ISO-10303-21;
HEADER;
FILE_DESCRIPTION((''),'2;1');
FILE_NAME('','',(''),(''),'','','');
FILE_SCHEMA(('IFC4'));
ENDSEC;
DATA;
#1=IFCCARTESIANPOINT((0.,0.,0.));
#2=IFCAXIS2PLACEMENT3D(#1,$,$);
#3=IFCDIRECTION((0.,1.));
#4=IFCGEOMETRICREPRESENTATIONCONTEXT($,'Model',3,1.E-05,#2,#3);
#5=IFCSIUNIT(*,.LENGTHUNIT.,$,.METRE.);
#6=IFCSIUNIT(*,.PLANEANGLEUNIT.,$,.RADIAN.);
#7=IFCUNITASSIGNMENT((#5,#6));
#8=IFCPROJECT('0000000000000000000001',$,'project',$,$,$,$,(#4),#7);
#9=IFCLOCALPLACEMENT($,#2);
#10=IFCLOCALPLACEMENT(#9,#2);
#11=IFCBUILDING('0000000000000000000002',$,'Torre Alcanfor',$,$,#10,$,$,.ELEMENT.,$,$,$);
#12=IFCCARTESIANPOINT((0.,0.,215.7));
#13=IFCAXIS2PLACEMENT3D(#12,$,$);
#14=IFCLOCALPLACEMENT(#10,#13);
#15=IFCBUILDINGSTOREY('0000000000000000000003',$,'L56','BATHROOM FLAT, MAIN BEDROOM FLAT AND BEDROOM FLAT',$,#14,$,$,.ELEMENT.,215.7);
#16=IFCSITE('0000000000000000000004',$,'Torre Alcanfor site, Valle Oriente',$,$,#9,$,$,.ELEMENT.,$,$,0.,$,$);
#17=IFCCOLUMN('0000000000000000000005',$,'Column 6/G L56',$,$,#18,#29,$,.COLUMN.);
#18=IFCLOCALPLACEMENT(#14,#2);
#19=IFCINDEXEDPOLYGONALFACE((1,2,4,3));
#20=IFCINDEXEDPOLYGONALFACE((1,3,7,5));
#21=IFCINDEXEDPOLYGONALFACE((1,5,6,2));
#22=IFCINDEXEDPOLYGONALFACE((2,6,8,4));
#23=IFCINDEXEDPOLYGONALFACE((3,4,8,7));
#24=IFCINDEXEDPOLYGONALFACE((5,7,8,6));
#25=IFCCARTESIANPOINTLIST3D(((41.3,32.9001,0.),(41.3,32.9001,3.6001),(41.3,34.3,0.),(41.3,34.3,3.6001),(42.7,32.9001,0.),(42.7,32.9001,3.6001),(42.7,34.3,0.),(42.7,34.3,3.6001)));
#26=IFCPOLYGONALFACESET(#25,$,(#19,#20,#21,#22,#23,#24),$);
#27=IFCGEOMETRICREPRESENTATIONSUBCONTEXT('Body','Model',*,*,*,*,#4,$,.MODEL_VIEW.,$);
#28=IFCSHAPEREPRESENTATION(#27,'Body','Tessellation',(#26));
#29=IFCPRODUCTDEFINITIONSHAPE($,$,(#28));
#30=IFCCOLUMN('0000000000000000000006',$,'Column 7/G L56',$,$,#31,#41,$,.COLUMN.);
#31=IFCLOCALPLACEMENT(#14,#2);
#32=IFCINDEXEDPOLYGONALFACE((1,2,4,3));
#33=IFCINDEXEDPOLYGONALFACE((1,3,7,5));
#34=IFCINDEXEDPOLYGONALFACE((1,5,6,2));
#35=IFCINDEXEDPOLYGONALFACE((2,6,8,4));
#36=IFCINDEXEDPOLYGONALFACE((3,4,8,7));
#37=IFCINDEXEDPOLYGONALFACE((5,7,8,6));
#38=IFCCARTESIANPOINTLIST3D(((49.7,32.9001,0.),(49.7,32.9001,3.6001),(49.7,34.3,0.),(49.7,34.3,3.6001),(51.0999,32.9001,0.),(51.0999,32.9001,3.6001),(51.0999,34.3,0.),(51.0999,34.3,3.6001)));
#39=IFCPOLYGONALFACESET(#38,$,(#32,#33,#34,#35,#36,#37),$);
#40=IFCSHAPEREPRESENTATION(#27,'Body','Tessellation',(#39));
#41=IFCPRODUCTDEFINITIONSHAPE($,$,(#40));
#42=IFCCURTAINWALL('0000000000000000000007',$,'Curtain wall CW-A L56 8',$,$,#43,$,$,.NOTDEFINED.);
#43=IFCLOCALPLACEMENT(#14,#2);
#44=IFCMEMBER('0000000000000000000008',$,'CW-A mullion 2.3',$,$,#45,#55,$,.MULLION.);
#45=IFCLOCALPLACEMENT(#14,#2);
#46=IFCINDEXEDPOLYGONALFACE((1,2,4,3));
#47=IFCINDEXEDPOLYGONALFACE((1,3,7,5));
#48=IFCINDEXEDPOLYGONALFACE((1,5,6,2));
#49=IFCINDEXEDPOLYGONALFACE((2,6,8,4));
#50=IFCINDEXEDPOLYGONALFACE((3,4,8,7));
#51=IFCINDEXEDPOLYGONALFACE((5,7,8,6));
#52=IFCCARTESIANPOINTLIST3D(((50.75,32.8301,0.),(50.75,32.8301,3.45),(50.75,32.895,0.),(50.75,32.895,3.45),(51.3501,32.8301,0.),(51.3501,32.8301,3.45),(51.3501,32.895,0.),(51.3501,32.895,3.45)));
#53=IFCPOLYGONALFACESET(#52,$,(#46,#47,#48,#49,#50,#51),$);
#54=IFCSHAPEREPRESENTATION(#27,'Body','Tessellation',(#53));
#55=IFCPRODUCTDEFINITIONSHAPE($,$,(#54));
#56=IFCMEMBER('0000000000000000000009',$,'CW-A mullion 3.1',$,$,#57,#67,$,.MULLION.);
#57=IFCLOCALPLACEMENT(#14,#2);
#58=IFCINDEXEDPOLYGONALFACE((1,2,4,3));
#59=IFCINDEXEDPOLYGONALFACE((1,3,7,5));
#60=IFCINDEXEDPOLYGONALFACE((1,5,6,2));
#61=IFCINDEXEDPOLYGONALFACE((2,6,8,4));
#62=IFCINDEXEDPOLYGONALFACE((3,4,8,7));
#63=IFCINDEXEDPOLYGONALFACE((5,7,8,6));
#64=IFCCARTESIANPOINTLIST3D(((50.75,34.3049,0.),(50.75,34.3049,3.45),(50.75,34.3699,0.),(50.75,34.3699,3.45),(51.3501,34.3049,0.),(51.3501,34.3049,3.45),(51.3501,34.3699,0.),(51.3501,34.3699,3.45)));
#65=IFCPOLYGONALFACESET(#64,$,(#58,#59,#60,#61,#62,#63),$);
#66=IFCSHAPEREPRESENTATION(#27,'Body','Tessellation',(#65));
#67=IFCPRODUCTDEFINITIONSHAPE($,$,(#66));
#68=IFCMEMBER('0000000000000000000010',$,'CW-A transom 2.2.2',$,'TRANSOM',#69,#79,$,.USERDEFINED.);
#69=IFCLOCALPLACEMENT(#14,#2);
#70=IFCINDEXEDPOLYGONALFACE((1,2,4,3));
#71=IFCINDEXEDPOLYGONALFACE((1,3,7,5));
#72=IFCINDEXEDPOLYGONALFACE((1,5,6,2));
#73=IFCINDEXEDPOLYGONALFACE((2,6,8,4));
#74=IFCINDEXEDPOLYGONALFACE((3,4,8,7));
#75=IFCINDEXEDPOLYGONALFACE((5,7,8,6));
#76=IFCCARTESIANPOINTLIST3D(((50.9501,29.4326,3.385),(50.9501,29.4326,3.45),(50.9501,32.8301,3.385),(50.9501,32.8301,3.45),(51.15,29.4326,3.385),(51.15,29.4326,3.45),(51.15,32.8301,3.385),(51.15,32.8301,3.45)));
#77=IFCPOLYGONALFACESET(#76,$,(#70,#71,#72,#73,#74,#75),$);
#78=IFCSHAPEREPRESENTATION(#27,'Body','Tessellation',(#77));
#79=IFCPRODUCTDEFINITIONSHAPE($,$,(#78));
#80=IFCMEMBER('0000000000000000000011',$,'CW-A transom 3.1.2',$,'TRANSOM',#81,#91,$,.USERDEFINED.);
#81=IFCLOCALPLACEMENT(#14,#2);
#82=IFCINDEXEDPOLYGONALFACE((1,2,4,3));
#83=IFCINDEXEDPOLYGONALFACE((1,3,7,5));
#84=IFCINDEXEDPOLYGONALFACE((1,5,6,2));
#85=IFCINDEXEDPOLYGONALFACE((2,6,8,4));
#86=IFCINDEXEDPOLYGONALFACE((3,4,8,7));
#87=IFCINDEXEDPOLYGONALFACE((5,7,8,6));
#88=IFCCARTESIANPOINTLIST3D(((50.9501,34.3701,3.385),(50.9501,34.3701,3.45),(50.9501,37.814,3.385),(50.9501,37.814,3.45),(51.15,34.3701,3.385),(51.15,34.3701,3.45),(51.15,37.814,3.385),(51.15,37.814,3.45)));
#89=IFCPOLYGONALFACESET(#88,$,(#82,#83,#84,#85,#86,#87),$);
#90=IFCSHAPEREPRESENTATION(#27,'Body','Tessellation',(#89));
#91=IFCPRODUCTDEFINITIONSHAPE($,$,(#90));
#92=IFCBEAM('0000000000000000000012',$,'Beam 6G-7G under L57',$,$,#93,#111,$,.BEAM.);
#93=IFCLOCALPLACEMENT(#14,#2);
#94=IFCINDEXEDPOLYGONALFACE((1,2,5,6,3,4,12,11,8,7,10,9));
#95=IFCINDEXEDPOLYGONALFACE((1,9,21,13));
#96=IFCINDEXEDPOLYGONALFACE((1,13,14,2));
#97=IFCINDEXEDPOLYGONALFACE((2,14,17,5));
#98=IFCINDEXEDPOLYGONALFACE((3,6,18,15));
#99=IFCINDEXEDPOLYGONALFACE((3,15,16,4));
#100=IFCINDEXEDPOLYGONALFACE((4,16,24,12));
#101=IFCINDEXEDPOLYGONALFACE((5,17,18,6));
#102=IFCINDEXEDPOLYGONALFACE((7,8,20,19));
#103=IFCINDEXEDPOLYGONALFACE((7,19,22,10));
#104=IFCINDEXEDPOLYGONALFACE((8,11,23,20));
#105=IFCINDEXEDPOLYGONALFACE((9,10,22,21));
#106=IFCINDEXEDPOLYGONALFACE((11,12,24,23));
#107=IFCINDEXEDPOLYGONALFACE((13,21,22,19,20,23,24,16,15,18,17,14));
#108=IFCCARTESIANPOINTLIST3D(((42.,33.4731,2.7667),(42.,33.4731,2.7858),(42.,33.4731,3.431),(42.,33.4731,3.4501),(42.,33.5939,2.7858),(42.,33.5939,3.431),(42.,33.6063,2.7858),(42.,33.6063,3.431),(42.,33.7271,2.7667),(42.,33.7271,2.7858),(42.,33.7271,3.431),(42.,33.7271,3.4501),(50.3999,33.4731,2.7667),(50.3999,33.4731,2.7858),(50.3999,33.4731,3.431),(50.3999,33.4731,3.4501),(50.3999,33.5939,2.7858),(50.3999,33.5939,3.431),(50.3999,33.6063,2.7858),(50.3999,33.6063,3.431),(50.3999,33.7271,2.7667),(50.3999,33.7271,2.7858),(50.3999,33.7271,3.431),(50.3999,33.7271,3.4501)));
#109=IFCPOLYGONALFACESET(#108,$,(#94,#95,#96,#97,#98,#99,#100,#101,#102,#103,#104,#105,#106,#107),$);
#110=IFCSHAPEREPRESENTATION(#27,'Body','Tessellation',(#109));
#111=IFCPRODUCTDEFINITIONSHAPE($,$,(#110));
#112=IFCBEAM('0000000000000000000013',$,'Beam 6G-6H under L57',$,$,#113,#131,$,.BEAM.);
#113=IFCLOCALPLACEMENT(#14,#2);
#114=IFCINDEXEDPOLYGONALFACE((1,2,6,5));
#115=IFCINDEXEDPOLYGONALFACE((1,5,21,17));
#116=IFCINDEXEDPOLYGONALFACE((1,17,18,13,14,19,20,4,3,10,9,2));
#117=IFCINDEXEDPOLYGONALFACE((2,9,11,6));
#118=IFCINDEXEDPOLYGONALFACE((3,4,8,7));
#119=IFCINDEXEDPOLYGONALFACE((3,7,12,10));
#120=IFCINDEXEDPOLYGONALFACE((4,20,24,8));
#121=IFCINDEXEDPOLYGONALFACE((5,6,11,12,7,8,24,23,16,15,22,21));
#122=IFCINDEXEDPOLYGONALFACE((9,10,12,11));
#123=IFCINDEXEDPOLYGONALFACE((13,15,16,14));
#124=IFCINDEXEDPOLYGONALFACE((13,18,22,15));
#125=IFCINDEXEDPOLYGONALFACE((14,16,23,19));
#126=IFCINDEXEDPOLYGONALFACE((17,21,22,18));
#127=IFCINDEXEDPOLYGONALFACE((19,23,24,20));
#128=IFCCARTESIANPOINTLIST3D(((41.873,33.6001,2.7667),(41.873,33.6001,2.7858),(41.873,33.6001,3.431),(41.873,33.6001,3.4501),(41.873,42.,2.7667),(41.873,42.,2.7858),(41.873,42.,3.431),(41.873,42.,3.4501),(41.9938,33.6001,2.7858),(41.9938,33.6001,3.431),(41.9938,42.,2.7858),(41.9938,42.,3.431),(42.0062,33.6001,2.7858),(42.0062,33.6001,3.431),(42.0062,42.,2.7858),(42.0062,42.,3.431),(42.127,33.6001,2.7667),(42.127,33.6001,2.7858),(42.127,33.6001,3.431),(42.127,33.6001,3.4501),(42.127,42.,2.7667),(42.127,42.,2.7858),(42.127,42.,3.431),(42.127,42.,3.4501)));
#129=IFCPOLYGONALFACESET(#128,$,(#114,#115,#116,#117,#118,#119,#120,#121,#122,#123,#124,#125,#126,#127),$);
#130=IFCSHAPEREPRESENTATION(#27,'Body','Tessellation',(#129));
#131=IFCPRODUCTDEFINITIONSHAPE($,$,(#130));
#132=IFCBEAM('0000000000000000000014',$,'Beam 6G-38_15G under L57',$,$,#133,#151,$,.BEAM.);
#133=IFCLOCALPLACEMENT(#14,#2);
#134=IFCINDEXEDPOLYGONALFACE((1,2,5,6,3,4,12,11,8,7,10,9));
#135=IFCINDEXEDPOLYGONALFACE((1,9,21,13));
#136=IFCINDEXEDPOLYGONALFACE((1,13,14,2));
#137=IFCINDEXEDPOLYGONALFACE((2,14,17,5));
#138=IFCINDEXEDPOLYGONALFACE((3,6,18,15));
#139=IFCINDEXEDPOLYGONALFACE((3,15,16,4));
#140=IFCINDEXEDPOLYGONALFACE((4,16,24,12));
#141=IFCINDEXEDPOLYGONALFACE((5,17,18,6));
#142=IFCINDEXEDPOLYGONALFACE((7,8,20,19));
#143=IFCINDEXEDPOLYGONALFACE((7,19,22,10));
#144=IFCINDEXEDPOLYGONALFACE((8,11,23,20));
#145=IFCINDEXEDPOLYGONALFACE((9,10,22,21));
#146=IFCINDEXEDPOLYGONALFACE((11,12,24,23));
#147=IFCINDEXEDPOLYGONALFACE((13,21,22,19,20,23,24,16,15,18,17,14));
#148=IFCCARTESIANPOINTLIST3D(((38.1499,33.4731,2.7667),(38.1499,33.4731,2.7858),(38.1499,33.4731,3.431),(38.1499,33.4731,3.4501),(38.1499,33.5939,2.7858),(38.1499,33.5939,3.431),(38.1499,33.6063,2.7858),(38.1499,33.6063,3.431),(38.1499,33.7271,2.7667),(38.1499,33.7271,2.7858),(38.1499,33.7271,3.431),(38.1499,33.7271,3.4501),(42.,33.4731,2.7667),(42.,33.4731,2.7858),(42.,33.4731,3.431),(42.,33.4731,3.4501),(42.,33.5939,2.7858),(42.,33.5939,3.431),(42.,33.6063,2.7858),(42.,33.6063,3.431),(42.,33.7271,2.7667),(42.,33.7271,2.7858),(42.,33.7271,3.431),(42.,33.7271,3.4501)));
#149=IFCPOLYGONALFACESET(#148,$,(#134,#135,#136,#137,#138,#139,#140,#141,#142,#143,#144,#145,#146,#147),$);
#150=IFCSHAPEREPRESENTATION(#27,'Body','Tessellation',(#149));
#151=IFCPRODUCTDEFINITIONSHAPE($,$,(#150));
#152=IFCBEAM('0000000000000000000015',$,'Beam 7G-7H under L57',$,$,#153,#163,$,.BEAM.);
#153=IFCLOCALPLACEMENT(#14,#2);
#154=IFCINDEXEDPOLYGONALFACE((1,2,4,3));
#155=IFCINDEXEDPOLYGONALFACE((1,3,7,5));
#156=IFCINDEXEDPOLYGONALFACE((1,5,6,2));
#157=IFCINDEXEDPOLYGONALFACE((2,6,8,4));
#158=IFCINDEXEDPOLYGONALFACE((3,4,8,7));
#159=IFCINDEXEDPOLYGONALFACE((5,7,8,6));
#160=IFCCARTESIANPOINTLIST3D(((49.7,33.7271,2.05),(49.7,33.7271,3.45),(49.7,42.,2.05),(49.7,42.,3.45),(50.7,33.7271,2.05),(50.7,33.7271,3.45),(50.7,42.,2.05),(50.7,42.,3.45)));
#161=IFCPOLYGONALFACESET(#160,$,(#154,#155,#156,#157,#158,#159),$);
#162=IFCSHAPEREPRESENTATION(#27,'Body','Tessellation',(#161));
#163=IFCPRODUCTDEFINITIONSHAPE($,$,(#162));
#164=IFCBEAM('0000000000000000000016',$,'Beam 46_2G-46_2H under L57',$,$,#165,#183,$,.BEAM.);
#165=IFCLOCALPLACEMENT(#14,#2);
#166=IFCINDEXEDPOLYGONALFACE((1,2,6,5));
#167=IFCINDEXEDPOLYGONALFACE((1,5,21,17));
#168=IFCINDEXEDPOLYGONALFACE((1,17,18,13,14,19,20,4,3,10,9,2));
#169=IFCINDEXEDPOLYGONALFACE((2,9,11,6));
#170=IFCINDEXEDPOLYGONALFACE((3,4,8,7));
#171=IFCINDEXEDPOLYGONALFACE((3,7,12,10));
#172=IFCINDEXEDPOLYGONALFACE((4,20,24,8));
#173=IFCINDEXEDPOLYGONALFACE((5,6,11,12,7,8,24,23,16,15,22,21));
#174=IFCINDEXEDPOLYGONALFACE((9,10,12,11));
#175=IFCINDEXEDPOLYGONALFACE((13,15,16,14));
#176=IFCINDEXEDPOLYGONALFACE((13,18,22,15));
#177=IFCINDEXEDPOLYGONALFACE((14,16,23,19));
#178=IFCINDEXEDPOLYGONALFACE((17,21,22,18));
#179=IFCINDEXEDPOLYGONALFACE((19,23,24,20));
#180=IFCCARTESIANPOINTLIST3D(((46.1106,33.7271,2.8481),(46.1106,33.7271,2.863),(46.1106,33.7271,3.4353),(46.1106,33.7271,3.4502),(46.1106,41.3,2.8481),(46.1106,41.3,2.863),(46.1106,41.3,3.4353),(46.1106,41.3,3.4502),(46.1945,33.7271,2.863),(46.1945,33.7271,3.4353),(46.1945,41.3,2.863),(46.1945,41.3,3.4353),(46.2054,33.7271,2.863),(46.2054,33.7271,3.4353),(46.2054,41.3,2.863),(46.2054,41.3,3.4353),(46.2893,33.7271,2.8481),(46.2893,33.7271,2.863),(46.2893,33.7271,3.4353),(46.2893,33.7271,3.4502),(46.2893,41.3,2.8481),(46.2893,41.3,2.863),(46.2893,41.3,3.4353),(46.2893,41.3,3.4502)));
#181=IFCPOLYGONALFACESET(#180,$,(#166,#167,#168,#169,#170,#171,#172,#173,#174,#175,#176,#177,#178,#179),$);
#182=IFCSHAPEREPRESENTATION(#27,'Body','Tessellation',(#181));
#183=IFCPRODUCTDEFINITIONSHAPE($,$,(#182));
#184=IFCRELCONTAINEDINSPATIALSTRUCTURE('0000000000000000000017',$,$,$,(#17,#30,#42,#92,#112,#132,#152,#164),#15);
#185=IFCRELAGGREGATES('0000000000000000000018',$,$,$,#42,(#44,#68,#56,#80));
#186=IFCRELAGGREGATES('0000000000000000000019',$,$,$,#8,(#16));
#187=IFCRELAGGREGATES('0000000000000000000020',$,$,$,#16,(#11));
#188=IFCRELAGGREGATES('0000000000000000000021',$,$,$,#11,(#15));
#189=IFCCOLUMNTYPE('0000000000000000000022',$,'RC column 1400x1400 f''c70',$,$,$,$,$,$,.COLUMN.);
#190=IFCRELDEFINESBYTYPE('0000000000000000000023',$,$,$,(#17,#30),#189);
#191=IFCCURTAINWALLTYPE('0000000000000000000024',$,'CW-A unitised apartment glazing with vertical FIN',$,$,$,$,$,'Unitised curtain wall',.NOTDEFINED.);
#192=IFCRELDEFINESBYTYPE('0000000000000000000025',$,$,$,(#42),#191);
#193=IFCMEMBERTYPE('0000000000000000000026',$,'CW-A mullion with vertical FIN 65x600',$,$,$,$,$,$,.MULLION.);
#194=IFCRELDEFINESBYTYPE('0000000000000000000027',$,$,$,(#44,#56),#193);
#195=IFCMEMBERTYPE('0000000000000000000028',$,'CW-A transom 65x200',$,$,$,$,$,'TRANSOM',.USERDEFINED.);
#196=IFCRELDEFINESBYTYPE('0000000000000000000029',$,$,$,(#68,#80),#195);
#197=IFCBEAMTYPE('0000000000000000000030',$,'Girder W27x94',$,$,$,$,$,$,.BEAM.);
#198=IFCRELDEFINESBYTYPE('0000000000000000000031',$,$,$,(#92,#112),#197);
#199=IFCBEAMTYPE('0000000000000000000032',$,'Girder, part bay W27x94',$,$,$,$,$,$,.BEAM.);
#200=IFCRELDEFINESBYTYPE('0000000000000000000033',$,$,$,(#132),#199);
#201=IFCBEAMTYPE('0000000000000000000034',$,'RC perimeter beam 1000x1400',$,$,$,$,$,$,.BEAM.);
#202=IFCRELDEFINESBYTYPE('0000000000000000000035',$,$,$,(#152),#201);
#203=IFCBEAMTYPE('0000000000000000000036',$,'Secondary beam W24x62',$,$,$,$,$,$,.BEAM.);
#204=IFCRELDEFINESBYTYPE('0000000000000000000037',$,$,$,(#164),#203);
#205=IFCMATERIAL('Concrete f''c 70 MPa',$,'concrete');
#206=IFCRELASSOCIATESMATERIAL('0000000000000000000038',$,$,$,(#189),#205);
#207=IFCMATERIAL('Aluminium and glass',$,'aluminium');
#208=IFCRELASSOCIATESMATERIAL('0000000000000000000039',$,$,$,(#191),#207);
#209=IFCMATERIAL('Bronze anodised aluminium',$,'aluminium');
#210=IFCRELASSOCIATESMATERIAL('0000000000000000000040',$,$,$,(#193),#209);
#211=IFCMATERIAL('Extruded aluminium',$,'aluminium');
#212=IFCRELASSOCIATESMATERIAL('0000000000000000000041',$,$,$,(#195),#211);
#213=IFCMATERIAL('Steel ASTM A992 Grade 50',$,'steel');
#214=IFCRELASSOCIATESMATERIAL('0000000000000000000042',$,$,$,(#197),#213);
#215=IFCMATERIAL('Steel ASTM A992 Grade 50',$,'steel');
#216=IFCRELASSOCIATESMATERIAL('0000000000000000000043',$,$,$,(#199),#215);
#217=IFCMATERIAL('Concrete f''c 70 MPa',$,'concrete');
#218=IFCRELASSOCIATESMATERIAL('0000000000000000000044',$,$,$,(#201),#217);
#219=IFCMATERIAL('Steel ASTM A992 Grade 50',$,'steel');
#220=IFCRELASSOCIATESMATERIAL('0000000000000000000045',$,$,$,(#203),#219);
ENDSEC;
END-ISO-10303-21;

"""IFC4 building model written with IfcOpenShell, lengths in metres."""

from ifc_helpers import new_model, si_unit, direction, frame, origin, origin_2d, place, context, subcontext, project, spatial, rectangle, i_section, extrude, material, material_profile, profile_set, type_object, element, aggregate, save


model = new_model("IFC4")

# Units and contexts
model_context = context("Model", 3, precision=1e-05, world=origin(), true_north=direction((0.0, 1.0)))
body_context = subcontext(model_context, "Body", "Model", "MODEL_VIEW")
ifc_project = project(units=[si_unit("LENGTHUNIT", "METRE"), si_unit("PLANEANGLEUNIT", "RADIAN")], contexts=[model_context])

# Site, building, storey
site_placement = place(None, origin())
site = spatial("IfcSite", under=ifc_project, at=site_placement, Name="Torre Alcanfor site, Valle Oriente", CompositionType="ELEMENT", RefElevation=0.0)
building_placement = place(site_placement, origin())
building = spatial("IfcBuilding", under=site, at=building_placement, Name="Torre Alcanfor", CompositionType="ELEMENT")
storey_placement = place(building_placement, frame((0.0, 0.0, 215.7)))
storey = spatial("IfcBuildingStorey", under=building, at=storey_placement, Name="L56", Description="BATHROOM FLAT, MAIN BEDROOM FLAT AND BEDROOM FLAT", CompositionType="ELEMENT", Elevation=215.7)

# Columns
ifc_material_1 = material(Name="Concrete f'c 70 MPa", Category="concrete")
ifc_material_profile_1 = material_profile(ifc_material_1, rectangle(XDim=1.3999, YDim=1.3999, at=origin_2d()), Name="1400x1400")
ifc_profile_set_1 = profile_set([ifc_material_profile_1], Name="Concrete f'c 70 MPa")
column_type = type_object("IfcColumnType", Name="RC column 1400x1400 f'c70", PredefinedType="COLUMN", material=ifc_profile_set_1)
for number, where, z_axis, x_axis, name in (
    (1, (42.0, 33.6001, 0.0), (0.0, 0.0, 1.0), (1.0, 0.0, 0.0), "Column 6/G L56"),
    (2, (50.3999, 33.6001, 0.0), (0.0, 0.0, 1.0), (1.0, 0.0, 0.0), "Column 7/G L56"),
):
    element("IfcColumn", number, at=place(storey_placement, frame(where, z_axis=z_axis, x_axis=x_axis)), inside=storey, type_object=column_type, Name=name, PredefinedType="COLUMN", context=body_context, shape_type="SweptSolid", body=[
        extrude(rectangle(XDim=1.3999, YDim=1.3999, at=origin_2d()), origin(), (0.0, 0.0, 1.0), 3.6001),
    ])

# Curtain wall, members
ifc_material_2 = material(Name="Aluminium and glass", Category="aluminium")
curtain_wall_type = type_object("IfcCurtainWallType", Name="CW-A unitised apartment glazing with vertical FIN", ElementType="Unitised curtain wall", PredefinedType="NOTDEFINED", material=ifc_material_2)
curtain_wall_placement = place(storey_placement, origin())
curtain_wall = element("IfcCurtainWall", 3, at=curtain_wall_placement, inside=storey, type_object=curtain_wall_type, Name="Curtain wall CW-A L56 8", PredefinedType="NOTDEFINED")
ifc_material_3 = material(Name="Bronze anodised aluminium", Category="aluminium")
ifc_material_profile_2 = material_profile(ifc_material_3, rectangle(XDim=0.6001, YDim=0.0649, at=origin_2d()), Name="CW-A mullion 65x600")
ifc_profile_set_2 = profile_set([ifc_material_profile_2], Name="Bronze anodised aluminium")
member_type_1 = type_object("IfcMemberType", Name="CW-A mullion with vertical FIN 65x600", PredefinedType="MULLION", material=ifc_profile_set_2)
member_1_placement = place(storey_placement, frame((51.05, 32.8625, 0.0), z_axis=(0.0, 0.0, 1.0), x_axis=(-1.0, 0.0, 0.0)))
member_1 = element("IfcMember", 4, at=member_1_placement, type_object=member_type_1, Name="CW-A mullion 2.3", PredefinedType="MULLION", context=body_context, shape_type="SweptSolid", body=[
    extrude(rectangle(XDim=0.6001, YDim=0.0649, at=origin_2d()), origin(), (0.0, 0.0, 1.0), 3.45),
])
member_2_placement = place(storey_placement, frame((51.05, 34.3374, 0.0), z_axis=(0.0, 0.0, 1.0), x_axis=(-1.0, 0.0, 0.0)))
member_2 = element("IfcMember", 5, at=member_2_placement, type_object=member_type_1, Name="CW-A mullion 3.1", PredefinedType="MULLION", context=body_context, shape_type="SweptSolid", body=[
    extrude(rectangle(XDim=0.6001, YDim=0.0649, at=origin_2d()), origin(), (0.0, 0.0, 1.0), 3.45),
])
ifc_material_4 = material(Name="Extruded aluminium", Category="aluminium")
ifc_material_profile_3 = material_profile(ifc_material_4, rectangle(XDim=0.2, YDim=0.0649, at=origin_2d()), Name="CW-A transom 200x65")
ifc_profile_set_3 = profile_set([ifc_material_profile_3], Name="Extruded aluminium")
member_type_2 = type_object("IfcMemberType", Name="CW-A transom 65x200", ElementType="TRANSOM", PredefinedType="USERDEFINED", material=ifc_profile_set_3)
member_3_placement = place(storey_placement, frame((51.05, 29.4326, 3.4175), z_axis=(0.0, 1.0, 0.0), x_axis=(-1.0, 0.0, 0.0)))
member_3 = element("IfcMember", 6, at=member_3_placement, type_object=member_type_2, Name="CW-A transom 2.2.2", ObjectType="TRANSOM", PredefinedType="USERDEFINED", context=body_context, shape_type="SweptSolid", body=[
    extrude(rectangle(XDim=0.2, YDim=0.0649, at=origin_2d()), origin(), (0.0, 0.0, 1.0), 3.3975),
])
member_4_placement = place(storey_placement, frame((51.05, 34.3701, 3.4175), z_axis=(0.0, 1.0, 0.0), x_axis=(-1.0, 0.0, 0.0)))
member_4 = element("IfcMember", 7, at=member_4_placement, type_object=member_type_2, Name="CW-A transom 3.1.2", ObjectType="TRANSOM", PredefinedType="USERDEFINED", context=body_context, shape_type="SweptSolid", body=[
    extrude(rectangle(XDim=0.2, YDim=0.0649, at=origin_2d()), origin(), (0.0, 0.0, 1.0), 3.4438),
])

# Beams
ifc_material_5 = material(Name="Steel ASTM A992 Grade 50", Category="steel")
ifc_material_profile_4 = material_profile(ifc_material_5, i_section(OverallWidth=0.2539, OverallDepth=0.6833, WebThickness=0.0125, FlangeThickness=0.019, at=origin_2d()), Name="W27x94")
ifc_profile_set_4 = profile_set([ifc_material_profile_4], Name="Steel ASTM A992 Grade 50")
beam_type_1 = type_object("IfcBeamType", Name="Girder W27x94", PredefinedType="BEAM", material=ifc_profile_set_4)
for number, where, z_axis, x_axis, name in (
    (8, (42.0, 33.6001, 3.1084), (1.0, 0.0, 0.0), (0.0, 1.0, 0.0), "Beam 6G-7G under L57"),
    (9, (42.0, 33.6001, 3.1084), (0.0, 1.0, 0.0), (-1.0, 0.0, 0.0), "Beam 6G-6H under L57"),
):
    element("IfcBeam", number, at=place(storey_placement, frame(where, z_axis=z_axis, x_axis=x_axis)), inside=storey, type_object=beam_type_1, Name=name, PredefinedType="BEAM", context=body_context, shape_type="SweptSolid", body=[
        extrude(i_section(OverallWidth=0.2539, OverallDepth=0.6833, WebThickness=0.0125, FlangeThickness=0.019, at=origin_2d()), origin(), (0.0, 0.0, 1.0), 8.3999),
    ])
ifc_material_6 = material(Name="Steel ASTM A992 Grade 50", Category="steel")
ifc_material_profile_5 = material_profile(ifc_material_6, i_section(OverallWidth=0.2539, OverallDepth=0.6833, WebThickness=0.0125, FlangeThickness=0.019, at=origin_2d()), Name="W27x94")
ifc_profile_set_5 = profile_set([ifc_material_profile_5], Name="Steel ASTM A992 Grade 50")
beam_type_2 = type_object("IfcBeamType", Name="Girder, part bay W27x94", PredefinedType="BEAM", material=ifc_profile_set_5)
beam_1_placement = place(storey_placement, frame((42.0, 33.6001, 3.1084), z_axis=(-1.0, 0.0, 0.0), x_axis=(0.0, -1.0, 0.0)))
element("IfcBeam", 10, at=beam_1_placement, inside=storey, type_object=beam_type_2, Name="Beam 6G-38_15G under L57", PredefinedType="BEAM", context=body_context, shape_type="SweptSolid", body=[
    extrude(i_section(OverallWidth=0.2539, OverallDepth=0.6833, WebThickness=0.0125, FlangeThickness=0.019, at=origin_2d()), origin(), (0.0, 0.0, 1.0), 3.8501),
])
ifc_material_7 = material(Name="Concrete f'c 70 MPa", Category="concrete")
ifc_material_profile_6 = material_profile(ifc_material_7, rectangle(XDim=1.0, YDim=1.3999, at=origin_2d()), Name="1000x1400")
ifc_profile_set_6 = profile_set([ifc_material_profile_6], Name="Concrete f'c 70 MPa")
beam_type_3 = type_object("IfcBeamType", Name="RC perimeter beam 1000x1400", PredefinedType="BEAM", material=ifc_profile_set_6)
beam_2_placement = place(storey_placement, frame((50.2, 33.7271, 2.75), z_axis=(0.0, 1.0, 0.0), x_axis=(-1.0, 0.0, 0.0)))
element("IfcBeam", 11, at=beam_2_placement, inside=storey, type_object=beam_type_3, Name="Beam 7G-7H under L57", PredefinedType="BEAM", context=body_context, shape_type="SweptSolid", body=[
    extrude(rectangle(XDim=1.0, YDim=1.3999, at=origin_2d()), origin(), (0.0, 0.0, 1.0), 8.2729),
])
ifc_material_8 = material(Name="Steel ASTM A992 Grade 50", Category="steel")
ifc_material_profile_7 = material_profile(ifc_material_8, i_section(OverallWidth=0.1787, OverallDepth=0.6021, WebThickness=0.011, FlangeThickness=0.0149, at=origin_2d()), Name="W24x62")
ifc_profile_set_7 = profile_set([ifc_material_profile_7], Name="Steel ASTM A992 Grade 50")
beam_type_4 = type_object("IfcBeamType", Name="Secondary beam W24x62", PredefinedType="BEAM", material=ifc_profile_set_7)
beam_3_placement = place(storey_placement, frame((46.2, 33.7271, 3.1492), z_axis=(0.0, 1.0, 0.0), x_axis=(-1.0, 0.0, 0.0)))
element("IfcBeam", 12, at=beam_3_placement, inside=storey, type_object=beam_type_4, Name="Beam 46_2G-46_2H under L57", PredefinedType="BEAM", context=body_context, shape_type="SweptSolid", body=[
    extrude(i_section(OverallWidth=0.1787, OverallDepth=0.6021, WebThickness=0.011, FlangeThickness=0.0149, at=origin_2d()), origin(), (0.0, 0.0, 1.0), 7.573),
])

aggregate(curtain_wall, [member_1, member_3, member_2, member_4])

save(model, "model.ifc")
